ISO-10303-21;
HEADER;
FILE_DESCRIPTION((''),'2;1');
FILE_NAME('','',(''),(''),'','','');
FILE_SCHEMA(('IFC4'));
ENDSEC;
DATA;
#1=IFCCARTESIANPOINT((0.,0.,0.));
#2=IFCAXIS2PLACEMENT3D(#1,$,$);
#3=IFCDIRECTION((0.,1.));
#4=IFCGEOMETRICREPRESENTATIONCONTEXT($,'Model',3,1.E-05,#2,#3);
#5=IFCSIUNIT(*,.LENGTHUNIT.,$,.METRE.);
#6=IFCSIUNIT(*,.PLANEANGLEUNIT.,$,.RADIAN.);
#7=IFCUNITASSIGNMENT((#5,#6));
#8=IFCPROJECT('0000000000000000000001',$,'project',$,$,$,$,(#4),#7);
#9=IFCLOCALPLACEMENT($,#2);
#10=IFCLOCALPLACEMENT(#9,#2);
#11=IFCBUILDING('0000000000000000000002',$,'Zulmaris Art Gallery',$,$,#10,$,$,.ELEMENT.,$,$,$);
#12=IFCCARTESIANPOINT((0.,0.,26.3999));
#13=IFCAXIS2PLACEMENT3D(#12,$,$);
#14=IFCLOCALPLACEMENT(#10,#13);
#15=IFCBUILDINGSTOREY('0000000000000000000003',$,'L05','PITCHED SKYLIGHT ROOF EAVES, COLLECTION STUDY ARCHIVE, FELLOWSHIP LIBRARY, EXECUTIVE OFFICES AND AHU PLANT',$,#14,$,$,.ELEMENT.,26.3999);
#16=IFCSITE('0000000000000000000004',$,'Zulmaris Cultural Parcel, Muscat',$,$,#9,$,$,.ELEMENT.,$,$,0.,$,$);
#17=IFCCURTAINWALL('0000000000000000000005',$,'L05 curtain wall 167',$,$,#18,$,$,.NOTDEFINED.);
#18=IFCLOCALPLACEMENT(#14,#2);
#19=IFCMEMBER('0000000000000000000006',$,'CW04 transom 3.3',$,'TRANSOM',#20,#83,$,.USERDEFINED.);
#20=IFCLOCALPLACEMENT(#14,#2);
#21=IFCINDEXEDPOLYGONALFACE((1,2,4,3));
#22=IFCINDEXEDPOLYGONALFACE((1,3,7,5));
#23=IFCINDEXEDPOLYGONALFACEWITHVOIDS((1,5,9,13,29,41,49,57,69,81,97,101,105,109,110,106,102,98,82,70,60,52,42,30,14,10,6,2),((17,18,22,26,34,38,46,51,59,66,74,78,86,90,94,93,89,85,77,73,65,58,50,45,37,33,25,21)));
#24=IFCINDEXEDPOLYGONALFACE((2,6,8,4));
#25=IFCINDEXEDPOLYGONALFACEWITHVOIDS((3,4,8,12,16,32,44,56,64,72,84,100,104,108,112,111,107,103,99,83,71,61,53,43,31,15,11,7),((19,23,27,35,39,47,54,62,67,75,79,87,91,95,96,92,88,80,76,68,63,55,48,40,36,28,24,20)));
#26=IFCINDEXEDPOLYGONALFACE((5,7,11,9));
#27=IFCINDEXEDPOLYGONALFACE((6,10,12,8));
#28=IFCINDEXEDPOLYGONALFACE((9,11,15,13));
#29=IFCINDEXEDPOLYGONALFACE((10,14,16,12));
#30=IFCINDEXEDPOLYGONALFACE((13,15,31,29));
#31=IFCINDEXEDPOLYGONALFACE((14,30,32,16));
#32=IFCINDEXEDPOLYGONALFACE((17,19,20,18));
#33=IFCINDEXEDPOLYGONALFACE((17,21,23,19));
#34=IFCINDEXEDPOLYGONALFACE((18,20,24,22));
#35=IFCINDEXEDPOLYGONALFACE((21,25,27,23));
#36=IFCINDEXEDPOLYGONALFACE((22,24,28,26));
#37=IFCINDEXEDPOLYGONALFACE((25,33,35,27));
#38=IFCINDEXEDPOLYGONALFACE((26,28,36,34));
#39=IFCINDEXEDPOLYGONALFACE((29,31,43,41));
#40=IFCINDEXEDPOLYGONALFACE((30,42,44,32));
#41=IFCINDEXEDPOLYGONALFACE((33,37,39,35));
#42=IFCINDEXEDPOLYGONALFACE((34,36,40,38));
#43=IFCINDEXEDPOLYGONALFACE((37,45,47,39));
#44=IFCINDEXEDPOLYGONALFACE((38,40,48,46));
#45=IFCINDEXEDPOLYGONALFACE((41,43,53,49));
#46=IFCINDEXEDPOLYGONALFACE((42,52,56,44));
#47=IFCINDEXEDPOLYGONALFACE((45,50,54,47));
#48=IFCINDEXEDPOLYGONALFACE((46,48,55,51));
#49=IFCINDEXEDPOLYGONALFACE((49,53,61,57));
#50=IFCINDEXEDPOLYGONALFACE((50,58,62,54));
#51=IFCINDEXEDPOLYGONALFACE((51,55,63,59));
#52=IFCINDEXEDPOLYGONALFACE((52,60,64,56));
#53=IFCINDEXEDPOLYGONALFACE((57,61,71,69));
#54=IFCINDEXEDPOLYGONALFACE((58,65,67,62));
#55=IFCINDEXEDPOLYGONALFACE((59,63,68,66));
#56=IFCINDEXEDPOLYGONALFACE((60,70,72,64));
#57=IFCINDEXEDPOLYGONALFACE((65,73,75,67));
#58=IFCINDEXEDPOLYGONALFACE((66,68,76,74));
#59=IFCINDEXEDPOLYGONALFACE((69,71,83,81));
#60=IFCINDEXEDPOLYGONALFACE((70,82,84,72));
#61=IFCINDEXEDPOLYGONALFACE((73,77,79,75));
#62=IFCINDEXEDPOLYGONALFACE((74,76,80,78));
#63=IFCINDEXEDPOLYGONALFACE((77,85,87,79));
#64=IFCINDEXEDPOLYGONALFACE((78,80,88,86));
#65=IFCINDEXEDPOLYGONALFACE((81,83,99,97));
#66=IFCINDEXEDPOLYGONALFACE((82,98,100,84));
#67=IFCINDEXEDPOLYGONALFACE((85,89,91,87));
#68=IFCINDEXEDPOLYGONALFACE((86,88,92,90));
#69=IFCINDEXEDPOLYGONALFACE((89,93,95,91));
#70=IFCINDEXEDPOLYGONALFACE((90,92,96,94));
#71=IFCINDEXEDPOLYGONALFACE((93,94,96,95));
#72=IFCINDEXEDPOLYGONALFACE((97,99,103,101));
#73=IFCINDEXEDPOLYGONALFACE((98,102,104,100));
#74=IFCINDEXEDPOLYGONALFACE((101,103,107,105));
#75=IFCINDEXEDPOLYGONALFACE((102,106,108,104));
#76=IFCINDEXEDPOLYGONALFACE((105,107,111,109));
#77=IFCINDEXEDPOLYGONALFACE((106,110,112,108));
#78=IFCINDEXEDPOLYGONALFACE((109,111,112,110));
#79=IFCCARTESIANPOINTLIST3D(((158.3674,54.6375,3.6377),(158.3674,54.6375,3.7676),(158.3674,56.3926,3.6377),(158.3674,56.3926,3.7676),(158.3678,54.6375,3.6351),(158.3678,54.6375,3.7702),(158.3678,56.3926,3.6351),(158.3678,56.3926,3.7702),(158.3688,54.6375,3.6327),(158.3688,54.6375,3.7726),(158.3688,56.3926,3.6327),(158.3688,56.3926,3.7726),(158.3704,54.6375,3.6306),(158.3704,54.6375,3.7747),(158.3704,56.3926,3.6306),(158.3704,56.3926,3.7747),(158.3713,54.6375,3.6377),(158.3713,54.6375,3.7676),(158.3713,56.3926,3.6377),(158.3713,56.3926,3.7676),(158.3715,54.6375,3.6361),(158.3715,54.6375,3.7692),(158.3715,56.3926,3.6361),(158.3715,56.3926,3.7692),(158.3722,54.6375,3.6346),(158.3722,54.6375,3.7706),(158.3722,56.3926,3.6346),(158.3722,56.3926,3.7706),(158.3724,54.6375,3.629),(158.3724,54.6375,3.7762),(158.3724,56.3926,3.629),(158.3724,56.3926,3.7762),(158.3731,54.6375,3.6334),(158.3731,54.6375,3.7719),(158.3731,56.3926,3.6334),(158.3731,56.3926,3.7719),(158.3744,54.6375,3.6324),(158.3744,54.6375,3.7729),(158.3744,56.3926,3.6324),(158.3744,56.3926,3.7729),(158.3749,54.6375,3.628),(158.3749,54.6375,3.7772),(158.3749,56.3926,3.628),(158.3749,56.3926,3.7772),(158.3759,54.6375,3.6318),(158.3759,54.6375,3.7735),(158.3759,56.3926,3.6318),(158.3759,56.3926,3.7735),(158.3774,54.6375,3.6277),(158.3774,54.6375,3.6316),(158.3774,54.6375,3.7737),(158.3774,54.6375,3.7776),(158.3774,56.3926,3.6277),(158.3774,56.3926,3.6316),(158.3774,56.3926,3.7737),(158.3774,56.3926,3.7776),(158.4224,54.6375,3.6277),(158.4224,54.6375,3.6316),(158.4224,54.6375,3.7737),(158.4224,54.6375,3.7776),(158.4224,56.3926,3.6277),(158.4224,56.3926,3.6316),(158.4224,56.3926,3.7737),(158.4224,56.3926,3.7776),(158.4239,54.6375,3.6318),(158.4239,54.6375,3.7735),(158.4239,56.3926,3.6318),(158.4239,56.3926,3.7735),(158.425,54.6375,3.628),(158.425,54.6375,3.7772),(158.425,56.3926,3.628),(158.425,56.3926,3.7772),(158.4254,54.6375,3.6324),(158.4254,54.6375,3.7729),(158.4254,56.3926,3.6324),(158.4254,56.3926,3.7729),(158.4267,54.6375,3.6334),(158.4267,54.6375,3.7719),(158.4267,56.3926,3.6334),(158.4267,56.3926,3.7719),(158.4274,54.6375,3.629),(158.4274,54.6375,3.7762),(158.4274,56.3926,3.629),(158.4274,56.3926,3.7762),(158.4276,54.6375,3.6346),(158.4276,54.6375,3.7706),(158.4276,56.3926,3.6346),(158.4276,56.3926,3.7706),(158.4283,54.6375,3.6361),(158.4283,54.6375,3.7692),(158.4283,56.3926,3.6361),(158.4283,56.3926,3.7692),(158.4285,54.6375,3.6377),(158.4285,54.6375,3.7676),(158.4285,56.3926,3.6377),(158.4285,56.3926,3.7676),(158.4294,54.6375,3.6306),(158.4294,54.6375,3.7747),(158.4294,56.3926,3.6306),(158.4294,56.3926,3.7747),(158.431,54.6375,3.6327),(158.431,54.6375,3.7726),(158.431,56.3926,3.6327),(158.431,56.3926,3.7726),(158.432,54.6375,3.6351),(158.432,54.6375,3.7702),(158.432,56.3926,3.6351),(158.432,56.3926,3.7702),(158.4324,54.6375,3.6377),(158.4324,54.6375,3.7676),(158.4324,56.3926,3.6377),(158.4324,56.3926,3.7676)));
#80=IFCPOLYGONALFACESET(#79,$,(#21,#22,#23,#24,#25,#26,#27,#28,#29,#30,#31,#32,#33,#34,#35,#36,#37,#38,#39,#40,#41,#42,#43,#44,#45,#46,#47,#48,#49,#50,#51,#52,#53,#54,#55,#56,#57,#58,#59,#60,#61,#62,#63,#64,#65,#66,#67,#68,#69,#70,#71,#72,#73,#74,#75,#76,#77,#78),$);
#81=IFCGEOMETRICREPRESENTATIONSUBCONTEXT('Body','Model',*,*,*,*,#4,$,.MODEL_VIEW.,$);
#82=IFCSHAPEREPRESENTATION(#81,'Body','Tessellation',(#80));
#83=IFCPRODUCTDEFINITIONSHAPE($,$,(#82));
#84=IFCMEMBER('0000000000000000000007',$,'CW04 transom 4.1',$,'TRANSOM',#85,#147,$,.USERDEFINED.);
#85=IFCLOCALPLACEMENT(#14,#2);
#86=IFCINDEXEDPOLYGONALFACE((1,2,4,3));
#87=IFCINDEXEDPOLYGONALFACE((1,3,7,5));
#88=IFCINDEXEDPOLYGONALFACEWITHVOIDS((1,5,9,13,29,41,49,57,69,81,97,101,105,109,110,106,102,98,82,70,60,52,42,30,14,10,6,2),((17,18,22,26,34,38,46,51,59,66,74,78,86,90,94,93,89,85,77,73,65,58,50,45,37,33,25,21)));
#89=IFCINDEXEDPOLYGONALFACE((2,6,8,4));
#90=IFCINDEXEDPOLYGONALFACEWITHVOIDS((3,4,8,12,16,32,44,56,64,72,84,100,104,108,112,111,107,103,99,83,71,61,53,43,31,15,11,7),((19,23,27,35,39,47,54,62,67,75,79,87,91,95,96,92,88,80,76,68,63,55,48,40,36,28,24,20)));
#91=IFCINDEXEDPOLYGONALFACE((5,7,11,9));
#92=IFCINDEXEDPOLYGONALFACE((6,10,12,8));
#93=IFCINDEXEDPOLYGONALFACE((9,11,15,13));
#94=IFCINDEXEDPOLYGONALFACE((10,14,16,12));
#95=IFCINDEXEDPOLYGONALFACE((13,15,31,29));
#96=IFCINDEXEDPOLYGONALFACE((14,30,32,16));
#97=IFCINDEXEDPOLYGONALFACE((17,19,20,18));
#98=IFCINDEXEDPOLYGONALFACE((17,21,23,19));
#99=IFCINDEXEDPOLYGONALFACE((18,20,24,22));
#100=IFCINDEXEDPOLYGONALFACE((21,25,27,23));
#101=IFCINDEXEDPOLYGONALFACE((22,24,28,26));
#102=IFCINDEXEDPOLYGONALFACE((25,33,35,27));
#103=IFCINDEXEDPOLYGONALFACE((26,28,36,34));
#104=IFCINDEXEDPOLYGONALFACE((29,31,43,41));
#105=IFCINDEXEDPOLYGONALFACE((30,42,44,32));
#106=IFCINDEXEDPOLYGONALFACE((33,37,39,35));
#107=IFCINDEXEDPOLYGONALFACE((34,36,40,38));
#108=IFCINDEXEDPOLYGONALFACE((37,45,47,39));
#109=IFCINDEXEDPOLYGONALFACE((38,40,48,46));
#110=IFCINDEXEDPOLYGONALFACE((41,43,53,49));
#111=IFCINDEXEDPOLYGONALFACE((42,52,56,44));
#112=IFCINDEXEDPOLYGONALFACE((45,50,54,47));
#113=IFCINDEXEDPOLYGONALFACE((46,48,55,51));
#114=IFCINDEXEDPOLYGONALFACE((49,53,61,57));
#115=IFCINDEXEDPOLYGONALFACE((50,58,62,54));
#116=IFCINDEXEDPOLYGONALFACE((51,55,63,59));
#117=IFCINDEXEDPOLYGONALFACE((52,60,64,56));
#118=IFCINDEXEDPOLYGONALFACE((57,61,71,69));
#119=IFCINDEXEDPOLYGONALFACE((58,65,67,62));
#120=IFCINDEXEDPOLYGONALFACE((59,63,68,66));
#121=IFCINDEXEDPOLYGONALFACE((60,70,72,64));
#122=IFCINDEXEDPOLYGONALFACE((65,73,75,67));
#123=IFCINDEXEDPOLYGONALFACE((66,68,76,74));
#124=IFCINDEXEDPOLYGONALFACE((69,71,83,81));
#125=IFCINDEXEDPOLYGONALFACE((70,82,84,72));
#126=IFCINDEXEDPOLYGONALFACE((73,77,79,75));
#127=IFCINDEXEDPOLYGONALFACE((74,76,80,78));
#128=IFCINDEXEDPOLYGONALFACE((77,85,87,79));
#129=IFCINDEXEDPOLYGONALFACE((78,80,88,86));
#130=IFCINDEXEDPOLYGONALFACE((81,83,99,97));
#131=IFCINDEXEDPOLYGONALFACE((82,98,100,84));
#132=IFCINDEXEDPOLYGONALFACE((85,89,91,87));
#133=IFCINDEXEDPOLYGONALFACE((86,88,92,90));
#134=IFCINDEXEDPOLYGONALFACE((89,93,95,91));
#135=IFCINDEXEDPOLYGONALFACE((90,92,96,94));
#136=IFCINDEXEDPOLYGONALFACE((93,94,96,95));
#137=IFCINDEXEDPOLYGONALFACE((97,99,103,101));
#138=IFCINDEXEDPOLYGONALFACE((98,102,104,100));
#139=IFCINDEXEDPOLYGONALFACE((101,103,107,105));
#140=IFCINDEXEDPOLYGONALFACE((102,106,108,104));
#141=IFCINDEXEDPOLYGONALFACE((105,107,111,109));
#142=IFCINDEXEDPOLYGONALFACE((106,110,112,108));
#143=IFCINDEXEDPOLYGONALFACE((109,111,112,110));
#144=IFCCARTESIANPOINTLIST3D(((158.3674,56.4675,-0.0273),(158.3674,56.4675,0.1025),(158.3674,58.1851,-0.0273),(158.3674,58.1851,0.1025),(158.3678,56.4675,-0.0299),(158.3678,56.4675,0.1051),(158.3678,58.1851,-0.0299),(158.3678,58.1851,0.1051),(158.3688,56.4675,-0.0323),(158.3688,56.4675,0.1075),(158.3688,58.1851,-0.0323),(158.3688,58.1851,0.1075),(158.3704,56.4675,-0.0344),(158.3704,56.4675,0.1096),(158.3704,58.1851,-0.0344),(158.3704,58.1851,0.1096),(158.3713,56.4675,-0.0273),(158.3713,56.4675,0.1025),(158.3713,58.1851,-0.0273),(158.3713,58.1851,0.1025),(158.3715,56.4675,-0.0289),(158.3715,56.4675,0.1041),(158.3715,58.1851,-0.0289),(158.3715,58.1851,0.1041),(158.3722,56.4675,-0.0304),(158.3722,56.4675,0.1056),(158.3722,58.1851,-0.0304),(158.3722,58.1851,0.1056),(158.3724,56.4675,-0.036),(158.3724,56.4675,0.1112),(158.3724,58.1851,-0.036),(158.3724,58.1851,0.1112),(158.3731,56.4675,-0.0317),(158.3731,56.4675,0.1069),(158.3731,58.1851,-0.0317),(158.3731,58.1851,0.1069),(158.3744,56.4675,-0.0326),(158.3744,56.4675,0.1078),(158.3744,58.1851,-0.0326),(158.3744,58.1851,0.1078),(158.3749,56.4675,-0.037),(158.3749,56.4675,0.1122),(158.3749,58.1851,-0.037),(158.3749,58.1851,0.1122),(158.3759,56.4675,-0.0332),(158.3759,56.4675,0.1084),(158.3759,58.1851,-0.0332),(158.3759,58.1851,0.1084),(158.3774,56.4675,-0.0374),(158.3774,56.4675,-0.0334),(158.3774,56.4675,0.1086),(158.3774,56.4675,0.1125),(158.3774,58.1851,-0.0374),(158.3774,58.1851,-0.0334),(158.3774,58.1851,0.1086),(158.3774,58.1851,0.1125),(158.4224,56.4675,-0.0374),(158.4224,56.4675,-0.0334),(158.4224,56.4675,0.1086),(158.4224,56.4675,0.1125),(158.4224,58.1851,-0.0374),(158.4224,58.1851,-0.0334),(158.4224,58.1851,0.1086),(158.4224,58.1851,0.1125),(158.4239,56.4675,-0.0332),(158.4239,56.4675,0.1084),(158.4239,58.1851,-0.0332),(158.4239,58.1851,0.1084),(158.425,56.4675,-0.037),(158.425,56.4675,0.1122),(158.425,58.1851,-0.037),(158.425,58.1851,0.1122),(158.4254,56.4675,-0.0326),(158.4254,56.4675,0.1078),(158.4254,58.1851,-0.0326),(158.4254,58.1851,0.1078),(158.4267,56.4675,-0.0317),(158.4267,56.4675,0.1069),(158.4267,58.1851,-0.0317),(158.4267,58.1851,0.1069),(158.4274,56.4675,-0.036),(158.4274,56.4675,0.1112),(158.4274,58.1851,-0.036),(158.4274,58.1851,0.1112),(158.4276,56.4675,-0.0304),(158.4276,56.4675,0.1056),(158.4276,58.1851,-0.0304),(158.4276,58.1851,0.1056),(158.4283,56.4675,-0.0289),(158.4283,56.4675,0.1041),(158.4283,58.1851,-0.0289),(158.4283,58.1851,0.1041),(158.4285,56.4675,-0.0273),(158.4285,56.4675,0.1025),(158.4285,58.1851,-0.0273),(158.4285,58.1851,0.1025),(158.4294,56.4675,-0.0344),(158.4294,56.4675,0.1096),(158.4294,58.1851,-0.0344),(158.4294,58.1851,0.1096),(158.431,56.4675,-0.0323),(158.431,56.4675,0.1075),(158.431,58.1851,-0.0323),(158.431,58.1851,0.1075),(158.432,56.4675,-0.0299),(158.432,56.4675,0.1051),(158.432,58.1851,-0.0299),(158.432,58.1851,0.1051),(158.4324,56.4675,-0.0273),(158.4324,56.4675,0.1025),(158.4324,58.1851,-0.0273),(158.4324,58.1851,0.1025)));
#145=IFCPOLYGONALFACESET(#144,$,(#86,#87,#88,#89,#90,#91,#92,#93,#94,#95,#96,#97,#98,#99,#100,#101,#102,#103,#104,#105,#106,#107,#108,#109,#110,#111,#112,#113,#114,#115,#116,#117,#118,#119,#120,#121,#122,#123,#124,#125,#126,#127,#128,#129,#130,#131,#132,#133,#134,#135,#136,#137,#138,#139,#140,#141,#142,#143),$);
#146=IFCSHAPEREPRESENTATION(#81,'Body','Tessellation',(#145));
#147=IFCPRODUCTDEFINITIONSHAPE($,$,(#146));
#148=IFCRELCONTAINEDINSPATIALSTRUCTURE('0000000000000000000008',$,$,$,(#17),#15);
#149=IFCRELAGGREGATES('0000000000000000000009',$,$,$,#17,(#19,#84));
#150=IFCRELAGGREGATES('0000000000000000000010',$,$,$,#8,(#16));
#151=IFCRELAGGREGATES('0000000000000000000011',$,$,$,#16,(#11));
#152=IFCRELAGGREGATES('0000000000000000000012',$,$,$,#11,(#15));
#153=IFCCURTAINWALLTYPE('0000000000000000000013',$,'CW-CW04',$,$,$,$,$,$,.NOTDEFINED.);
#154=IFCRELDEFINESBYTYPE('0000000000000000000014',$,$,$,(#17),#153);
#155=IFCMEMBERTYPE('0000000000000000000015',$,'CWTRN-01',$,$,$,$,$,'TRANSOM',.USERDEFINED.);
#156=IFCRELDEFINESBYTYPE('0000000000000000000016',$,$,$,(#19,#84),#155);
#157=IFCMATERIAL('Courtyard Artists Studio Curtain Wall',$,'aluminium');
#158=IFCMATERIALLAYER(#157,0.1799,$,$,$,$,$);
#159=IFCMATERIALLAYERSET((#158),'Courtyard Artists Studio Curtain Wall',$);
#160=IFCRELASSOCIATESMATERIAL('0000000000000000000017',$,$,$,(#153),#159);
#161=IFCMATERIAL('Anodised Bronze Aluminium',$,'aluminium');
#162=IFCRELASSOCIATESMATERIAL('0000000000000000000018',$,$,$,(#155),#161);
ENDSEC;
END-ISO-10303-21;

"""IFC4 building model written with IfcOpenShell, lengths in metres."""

from ifc_helpers import new_model, si_unit, direction, frame, origin, origin_2d, place, context, subcontext, project, spatial, hollow_rectangle, extrude, material, layer, layer_set, material_profile, profile_set, type_object, element, aggregate, save


model = new_model("IFC4")

# Units and contexts
model_context = context("Model", 3, precision=1e-05, world=origin(), true_north=direction((0.0, 1.0)))
body_context = subcontext(model_context, "Body", "Model", "MODEL_VIEW")
ifc_project = project(units=[si_unit("LENGTHUNIT", "METRE"), si_unit("PLANEANGLEUNIT", "RADIAN")], contexts=[model_context])

# Site, building, storey
site_placement = place(None, origin())
site = spatial("IfcSite", under=ifc_project, at=site_placement, Name="Zulmaris Cultural Parcel, Muscat", CompositionType="ELEMENT", RefElevation=0.0)
building_placement = place(site_placement, origin())
building = spatial("IfcBuilding", under=site, at=building_placement, Name="Zulmaris Art Gallery", CompositionType="ELEMENT")
storey_placement = place(building_placement, frame((0.0, 0.0, 26.3999)))
storey = spatial("IfcBuildingStorey", under=building, at=storey_placement, Name="L05", Description="PITCHED SKYLIGHT ROOF EAVES, COLLECTION STUDY ARCHIVE, FELLOWSHIP LIBRARY, EXECUTIVE OFFICES AND AHU PLANT", CompositionType="ELEMENT", Elevation=26.3999)

# Curtain wall
ifc_material_1 = material(Name="Courtyard Artists Studio Curtain Wall", Category="aluminium")
ifc_layer_1 = layer(ifc_material_1, 0.1799)
ifc_layer_set_1 = layer_set([ifc_layer_1], Name="Courtyard Artists Studio Curtain Wall")
curtain_wall_type = type_object("IfcCurtainWallType", Name="CW-CW04", PredefinedType="NOTDEFINED", material=ifc_layer_set_1)
curtain_wall_1_placement = place(storey_placement, origin())
curtain_wall_1 = element("IfcCurtainWall", 1, at=curtain_wall_1_placement, inside=storey, type_object=curtain_wall_type, Name="L05 curtain wall 167", PredefinedType="NOTDEFINED")
ifc_material_2 = material(Name="Anodised Bronze Aluminium", Category="aluminium")

# Members
ifc_material_profile_1 = material_profile(ifc_material_2, hollow_rectangle(XDim=0.0649, YDim=0.1499, WallThickness=0.0039, InnerFilletRadius=0.0061, OuterFilletRadius=0.01, at=origin_2d()), Name="ALU 65x150x4")
ifc_profile_set_1 = profile_set([ifc_material_profile_1], Name="Anodised Bronze Aluminium")
member_type_1 = type_object("IfcMemberType", Name="CWTRN-01", ElementType="TRANSOM", PredefinedType="USERDEFINED", material=ifc_profile_set_1)
member_1_placement = place(storey_placement, frame((158.3999, 54.6375, 3.7026), z_axis=(0.0, 1.0, 0.0), x_axis=(-1.0, 0.0, 0.0)))
member_1 = element("IfcMember", 2, at=member_1_placement, type_object=member_type_1, Name="CW04 transom 3.3", ObjectType="TRANSOM", PredefinedType="USERDEFINED", context=body_context, shape_type="SweptSolid", body=[
    extrude(hollow_rectangle(XDim=0.0649, YDim=0.1499, WallThickness=0.0039, InnerFilletRadius=0.0061, OuterFilletRadius=0.01, at=origin_2d()), origin(), (0.0, 0.0, 1.0), 1.7551),
])
member_2_placement = place(storey_placement, frame((158.3999, 56.4675, 0.0376), z_axis=(0.0, 1.0, 0.0), x_axis=(-1.0, 0.0, 0.0)))
member_2 = element("IfcMember", 3, at=member_2_placement, type_object=member_type_1, Name="CW04 transom 4.1", ObjectType="TRANSOM", PredefinedType="USERDEFINED", context=body_context, shape_type="SweptSolid", body=[
    extrude(hollow_rectangle(XDim=0.0649, YDim=0.1499, WallThickness=0.0039, InnerFilletRadius=0.0061, OuterFilletRadius=0.01, at=origin_2d()), origin(), (0.0, 0.0, 1.0), 1.7175),
])

aggregate(curtain_wall_1, [member_1, member_2])

save(model, "model.ifc")
